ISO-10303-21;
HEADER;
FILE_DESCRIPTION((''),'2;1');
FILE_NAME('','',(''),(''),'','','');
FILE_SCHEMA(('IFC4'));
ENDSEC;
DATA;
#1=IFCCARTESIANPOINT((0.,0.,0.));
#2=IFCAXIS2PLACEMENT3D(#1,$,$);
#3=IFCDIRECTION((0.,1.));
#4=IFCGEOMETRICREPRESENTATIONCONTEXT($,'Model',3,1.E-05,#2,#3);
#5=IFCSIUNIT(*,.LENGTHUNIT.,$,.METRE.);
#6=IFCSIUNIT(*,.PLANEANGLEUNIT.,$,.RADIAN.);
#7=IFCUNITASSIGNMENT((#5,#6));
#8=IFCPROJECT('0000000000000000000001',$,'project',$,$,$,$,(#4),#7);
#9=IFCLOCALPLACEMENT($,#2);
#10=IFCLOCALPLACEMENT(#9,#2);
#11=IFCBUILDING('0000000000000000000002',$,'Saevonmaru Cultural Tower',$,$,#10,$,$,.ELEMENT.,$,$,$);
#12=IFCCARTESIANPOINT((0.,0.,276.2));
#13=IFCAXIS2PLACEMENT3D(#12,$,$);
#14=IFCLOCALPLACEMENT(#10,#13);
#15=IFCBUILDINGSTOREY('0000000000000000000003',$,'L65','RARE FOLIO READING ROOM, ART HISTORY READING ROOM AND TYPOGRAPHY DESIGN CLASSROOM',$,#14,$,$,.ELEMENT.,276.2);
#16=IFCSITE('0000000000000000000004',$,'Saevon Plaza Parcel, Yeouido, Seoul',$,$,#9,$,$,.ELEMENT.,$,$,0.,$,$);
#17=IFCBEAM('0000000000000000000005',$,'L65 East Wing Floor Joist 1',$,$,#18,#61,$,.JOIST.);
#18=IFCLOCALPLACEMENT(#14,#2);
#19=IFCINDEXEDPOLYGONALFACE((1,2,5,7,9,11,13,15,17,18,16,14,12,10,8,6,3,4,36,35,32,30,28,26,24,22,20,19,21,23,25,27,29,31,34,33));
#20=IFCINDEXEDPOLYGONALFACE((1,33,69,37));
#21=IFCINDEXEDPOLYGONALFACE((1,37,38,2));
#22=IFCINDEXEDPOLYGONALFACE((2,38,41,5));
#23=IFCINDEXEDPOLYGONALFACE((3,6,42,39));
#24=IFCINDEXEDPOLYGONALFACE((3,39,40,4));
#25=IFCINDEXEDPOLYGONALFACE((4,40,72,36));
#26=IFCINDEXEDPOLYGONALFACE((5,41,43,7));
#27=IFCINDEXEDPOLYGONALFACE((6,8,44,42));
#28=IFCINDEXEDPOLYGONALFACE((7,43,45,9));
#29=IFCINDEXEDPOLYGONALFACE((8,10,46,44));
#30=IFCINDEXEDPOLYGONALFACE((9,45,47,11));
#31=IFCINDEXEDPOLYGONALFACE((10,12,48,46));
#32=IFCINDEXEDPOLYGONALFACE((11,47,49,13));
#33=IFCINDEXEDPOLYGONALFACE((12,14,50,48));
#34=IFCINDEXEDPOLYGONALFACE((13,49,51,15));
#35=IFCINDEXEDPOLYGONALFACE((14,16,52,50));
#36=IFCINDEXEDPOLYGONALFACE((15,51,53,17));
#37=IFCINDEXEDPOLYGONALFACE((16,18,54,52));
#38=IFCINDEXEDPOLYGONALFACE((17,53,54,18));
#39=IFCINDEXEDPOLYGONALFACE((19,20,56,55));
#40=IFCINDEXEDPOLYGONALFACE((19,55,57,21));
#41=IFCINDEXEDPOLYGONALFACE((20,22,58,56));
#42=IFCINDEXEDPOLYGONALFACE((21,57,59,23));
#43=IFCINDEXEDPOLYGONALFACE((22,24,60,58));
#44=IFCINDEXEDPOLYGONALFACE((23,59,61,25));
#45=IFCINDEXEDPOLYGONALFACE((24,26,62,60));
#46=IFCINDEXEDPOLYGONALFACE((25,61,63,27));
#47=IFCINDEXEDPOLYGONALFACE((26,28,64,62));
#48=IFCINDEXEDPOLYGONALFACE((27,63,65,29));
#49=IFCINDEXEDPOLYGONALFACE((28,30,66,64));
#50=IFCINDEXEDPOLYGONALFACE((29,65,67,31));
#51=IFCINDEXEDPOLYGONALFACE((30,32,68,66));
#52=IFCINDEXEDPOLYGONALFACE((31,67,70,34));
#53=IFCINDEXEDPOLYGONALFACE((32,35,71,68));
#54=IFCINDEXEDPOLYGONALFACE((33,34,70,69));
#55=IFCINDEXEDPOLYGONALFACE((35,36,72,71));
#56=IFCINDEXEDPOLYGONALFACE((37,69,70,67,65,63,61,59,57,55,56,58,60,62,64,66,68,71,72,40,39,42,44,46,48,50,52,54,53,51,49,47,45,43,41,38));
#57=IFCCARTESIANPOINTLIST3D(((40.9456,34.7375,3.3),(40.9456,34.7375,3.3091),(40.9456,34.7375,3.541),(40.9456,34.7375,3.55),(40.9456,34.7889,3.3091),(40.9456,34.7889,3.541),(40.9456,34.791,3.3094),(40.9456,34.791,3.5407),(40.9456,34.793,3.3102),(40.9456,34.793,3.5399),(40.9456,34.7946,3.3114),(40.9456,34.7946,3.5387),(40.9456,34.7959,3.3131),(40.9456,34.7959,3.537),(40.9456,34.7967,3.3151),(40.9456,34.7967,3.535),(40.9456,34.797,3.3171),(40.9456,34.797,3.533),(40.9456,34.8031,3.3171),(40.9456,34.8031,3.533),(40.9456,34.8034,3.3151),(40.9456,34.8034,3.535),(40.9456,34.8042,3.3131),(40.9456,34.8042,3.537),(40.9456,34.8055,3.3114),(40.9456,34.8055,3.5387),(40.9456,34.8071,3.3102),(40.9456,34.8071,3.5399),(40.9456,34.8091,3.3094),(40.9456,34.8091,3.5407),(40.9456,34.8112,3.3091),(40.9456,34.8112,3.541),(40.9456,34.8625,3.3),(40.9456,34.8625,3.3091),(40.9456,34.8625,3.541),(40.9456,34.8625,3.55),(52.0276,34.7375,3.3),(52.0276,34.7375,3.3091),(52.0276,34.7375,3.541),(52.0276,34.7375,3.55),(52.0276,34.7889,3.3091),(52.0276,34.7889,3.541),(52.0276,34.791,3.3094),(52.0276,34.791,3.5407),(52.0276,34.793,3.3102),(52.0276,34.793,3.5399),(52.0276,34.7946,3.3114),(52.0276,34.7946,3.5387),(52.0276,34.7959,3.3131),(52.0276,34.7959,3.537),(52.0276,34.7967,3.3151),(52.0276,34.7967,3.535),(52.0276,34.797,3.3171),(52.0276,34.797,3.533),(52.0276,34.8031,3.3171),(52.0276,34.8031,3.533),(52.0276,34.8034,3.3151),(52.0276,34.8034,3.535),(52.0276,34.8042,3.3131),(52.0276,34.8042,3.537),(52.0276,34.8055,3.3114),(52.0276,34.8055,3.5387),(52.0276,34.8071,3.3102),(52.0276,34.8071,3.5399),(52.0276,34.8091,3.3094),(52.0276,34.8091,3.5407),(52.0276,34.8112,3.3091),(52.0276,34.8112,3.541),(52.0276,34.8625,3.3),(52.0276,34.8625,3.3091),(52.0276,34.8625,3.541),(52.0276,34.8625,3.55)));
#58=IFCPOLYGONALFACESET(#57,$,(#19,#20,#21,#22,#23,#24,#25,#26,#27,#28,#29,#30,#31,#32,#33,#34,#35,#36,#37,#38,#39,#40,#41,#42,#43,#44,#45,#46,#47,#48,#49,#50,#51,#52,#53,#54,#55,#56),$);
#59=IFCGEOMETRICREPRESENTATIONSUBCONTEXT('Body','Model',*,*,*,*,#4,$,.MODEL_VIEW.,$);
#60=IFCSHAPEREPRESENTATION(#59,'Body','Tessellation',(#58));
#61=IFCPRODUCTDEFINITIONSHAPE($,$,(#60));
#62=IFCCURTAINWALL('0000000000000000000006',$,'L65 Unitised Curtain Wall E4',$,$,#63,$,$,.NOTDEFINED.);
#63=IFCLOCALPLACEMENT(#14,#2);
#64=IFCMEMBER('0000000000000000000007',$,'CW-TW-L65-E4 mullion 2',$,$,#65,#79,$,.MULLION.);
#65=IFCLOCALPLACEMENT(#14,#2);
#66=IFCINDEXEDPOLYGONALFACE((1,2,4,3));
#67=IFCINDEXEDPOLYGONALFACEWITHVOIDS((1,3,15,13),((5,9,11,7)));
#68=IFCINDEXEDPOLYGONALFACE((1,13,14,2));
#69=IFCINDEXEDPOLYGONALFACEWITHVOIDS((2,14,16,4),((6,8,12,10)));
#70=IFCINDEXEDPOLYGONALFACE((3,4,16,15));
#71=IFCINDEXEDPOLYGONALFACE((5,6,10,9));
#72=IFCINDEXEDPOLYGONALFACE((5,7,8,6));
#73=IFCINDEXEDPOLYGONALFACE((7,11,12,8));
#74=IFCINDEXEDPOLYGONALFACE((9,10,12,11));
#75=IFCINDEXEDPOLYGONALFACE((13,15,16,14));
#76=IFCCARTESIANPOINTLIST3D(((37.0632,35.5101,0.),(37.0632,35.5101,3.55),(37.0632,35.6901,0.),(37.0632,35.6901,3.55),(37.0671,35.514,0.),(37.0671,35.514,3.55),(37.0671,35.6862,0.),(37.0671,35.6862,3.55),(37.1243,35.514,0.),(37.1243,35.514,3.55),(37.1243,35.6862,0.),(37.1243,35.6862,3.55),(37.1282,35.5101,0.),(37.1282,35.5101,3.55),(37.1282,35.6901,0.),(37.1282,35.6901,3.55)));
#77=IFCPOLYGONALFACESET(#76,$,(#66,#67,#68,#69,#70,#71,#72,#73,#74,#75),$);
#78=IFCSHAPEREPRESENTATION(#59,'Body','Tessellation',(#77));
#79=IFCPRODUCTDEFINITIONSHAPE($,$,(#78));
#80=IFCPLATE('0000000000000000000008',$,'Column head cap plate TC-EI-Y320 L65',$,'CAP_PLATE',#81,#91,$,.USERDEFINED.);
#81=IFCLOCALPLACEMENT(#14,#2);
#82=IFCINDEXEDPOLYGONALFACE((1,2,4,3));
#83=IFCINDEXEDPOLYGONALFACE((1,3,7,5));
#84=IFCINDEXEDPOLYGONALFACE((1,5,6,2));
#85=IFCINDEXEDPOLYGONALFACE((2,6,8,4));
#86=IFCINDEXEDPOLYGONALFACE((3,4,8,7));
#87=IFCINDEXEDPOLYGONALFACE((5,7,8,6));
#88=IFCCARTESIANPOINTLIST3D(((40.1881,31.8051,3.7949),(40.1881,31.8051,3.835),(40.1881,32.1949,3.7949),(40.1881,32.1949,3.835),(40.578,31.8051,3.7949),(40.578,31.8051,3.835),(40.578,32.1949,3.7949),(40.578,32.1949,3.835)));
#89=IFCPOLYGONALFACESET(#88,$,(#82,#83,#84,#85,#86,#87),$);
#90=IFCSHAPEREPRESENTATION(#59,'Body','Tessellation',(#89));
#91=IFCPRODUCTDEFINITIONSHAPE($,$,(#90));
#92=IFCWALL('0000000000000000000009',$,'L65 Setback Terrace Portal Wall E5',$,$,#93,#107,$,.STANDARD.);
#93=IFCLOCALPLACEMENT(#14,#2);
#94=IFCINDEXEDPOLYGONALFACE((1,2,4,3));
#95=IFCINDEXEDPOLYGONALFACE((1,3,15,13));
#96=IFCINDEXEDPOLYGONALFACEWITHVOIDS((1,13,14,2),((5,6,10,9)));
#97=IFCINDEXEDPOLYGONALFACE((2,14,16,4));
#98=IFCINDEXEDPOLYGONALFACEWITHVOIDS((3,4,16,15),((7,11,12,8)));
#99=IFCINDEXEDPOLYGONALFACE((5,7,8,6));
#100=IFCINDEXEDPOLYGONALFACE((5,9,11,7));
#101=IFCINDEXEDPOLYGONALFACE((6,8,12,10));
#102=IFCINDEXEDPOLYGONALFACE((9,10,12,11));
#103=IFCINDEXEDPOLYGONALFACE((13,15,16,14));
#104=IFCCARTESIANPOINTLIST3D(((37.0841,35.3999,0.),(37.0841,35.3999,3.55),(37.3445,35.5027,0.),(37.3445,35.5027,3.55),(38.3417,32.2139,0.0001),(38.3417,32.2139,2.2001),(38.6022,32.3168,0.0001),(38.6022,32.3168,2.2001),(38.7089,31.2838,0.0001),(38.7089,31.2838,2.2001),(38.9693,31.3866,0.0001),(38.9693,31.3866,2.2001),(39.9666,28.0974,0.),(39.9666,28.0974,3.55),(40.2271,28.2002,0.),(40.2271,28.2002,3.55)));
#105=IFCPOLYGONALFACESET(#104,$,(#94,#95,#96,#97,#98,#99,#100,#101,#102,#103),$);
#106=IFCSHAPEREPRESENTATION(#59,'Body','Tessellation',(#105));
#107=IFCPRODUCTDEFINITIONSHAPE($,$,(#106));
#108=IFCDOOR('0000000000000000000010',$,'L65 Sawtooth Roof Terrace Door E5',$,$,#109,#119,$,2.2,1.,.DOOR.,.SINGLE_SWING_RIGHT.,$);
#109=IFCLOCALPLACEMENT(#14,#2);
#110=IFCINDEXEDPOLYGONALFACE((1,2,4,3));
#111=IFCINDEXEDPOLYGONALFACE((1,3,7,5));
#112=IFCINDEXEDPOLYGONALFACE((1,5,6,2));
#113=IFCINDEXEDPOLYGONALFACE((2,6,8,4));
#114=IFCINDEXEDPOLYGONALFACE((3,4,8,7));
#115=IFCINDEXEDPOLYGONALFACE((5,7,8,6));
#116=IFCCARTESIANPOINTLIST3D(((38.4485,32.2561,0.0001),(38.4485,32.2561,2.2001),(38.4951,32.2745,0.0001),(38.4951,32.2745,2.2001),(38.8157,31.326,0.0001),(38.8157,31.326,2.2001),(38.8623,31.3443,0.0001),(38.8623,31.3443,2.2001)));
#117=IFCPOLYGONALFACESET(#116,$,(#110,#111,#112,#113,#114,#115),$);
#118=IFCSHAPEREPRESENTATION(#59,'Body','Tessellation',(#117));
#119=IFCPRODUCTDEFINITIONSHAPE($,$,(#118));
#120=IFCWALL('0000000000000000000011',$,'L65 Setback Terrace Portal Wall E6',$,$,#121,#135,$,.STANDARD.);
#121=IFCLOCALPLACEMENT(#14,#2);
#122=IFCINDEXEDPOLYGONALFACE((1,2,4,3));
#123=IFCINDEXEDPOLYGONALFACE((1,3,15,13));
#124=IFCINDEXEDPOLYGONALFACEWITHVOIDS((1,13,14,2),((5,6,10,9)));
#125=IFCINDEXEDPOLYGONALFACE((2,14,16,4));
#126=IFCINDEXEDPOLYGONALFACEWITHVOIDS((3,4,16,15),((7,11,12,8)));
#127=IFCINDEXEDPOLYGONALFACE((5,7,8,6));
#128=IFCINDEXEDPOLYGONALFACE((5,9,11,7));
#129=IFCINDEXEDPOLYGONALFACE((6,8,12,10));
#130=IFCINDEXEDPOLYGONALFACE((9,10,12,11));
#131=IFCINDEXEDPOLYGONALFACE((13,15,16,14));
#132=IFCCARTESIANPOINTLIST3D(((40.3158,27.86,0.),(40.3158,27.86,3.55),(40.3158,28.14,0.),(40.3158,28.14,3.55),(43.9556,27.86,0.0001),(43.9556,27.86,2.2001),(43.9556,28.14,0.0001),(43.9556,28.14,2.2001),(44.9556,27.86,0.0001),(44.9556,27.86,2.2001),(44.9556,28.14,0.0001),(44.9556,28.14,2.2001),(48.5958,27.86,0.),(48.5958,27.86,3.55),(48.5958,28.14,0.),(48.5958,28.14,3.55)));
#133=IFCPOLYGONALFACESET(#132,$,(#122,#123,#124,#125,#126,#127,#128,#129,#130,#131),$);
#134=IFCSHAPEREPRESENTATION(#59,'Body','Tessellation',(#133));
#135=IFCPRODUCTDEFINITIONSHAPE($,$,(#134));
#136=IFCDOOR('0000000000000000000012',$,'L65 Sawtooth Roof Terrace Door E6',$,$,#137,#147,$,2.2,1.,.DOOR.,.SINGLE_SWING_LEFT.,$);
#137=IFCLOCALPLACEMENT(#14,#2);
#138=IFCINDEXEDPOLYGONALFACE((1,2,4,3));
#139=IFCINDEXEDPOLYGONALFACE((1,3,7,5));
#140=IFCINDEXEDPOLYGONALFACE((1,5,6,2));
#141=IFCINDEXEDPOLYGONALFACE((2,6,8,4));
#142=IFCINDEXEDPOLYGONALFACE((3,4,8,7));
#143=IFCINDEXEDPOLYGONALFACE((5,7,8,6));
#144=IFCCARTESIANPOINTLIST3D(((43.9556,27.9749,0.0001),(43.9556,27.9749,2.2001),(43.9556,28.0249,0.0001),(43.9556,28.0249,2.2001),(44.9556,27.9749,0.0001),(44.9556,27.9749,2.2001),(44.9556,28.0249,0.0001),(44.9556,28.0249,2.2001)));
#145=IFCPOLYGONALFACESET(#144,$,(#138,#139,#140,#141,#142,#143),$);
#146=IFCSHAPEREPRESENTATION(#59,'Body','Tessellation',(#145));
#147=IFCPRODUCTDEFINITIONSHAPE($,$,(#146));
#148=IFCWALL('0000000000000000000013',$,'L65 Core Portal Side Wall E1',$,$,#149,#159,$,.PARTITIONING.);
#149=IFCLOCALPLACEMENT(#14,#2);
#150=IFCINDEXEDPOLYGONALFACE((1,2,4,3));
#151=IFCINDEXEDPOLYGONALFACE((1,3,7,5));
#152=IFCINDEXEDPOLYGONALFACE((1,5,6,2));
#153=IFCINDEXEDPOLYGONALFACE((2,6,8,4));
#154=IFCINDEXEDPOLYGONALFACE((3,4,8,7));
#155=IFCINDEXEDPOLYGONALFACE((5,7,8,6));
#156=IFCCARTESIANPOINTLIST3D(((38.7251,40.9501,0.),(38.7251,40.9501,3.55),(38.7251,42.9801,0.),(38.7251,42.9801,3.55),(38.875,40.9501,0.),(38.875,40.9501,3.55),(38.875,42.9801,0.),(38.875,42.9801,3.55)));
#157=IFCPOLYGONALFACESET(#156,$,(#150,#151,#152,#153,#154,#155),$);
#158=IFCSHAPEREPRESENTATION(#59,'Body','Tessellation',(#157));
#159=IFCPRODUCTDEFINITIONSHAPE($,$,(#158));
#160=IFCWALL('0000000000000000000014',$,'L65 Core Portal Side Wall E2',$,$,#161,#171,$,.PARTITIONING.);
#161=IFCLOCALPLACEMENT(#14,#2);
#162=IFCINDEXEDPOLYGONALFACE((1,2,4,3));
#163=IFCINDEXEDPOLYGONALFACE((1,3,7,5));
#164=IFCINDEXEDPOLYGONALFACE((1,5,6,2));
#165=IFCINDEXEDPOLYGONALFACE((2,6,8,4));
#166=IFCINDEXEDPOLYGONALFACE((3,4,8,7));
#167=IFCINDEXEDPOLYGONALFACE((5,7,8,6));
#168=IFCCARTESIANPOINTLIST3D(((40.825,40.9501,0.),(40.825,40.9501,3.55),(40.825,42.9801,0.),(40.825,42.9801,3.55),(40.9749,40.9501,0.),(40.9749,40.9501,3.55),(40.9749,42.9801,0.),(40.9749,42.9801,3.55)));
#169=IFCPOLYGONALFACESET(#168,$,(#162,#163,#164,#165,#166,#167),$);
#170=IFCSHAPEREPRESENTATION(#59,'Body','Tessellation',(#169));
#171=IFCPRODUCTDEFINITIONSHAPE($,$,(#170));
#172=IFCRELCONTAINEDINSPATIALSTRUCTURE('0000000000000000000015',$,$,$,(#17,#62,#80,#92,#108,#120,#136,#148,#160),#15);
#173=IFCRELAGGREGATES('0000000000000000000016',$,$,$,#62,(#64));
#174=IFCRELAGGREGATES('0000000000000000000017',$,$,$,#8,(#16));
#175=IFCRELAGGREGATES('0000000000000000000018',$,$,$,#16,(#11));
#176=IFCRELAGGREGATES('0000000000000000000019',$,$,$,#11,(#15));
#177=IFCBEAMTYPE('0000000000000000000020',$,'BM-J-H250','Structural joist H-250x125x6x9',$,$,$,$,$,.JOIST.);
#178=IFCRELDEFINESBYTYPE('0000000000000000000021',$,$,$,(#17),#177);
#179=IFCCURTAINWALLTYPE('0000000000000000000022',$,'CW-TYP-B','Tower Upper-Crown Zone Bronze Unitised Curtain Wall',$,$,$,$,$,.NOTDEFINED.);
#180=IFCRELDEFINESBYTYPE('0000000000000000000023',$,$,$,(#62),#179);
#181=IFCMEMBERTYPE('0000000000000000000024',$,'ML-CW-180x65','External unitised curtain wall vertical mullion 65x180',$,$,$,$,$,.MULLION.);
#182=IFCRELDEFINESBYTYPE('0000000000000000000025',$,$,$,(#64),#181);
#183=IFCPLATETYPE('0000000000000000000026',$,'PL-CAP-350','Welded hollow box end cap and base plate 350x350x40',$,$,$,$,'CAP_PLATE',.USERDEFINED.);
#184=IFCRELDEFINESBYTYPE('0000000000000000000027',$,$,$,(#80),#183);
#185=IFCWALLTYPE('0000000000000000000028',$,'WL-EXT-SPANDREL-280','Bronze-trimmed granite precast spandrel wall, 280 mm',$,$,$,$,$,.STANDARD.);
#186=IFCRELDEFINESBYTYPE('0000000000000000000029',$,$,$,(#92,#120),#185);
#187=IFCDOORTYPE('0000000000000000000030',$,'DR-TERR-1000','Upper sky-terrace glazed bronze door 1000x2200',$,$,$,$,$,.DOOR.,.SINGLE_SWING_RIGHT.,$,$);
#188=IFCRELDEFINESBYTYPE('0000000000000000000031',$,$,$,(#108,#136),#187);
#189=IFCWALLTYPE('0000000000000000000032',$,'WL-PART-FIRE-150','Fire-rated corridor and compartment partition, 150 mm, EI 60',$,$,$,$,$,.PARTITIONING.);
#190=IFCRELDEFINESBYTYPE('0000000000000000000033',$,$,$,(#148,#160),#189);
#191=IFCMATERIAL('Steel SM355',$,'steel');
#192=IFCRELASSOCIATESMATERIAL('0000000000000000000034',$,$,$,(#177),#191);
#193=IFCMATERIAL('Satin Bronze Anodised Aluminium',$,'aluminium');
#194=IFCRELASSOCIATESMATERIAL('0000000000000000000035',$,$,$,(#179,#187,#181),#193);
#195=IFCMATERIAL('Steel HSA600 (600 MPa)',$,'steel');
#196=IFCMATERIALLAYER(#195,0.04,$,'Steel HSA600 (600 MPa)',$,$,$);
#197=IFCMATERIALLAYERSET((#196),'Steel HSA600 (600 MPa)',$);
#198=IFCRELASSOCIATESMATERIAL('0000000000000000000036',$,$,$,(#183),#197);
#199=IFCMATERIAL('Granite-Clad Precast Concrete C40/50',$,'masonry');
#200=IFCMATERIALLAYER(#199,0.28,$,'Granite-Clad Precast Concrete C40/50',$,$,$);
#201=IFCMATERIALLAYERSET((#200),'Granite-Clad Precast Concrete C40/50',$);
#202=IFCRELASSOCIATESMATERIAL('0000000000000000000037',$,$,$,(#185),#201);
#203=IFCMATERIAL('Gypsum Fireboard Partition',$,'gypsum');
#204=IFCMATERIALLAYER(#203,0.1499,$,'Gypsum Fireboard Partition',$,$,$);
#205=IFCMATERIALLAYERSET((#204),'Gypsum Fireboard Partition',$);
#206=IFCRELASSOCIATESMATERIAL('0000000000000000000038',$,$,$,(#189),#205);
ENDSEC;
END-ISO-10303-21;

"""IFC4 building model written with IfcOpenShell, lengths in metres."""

from ifc_helpers import new_model, si_unit, direction, frame, frame_2d, origin, origin_2d, place, context, subcontext, project, spatial, rectangle, hollow_rectangle, i_section, extrude, material, layer, layer_set, material_profile, profile_set, type_object, element, fill, aggregate, save


model = new_model("IFC4")

# Units and contexts
model_context = context("Model", 3, precision=1e-05, world=origin(), true_north=direction((0.0, 1.0)))
body_context = subcontext(model_context, "Body", "Model", "MODEL_VIEW")
ifc_project = project(units=[si_unit("LENGTHUNIT", "METRE"), si_unit("PLANEANGLEUNIT", "RADIAN")], contexts=[model_context])

# Site, building, storey
site_placement = place(None, origin())
site = spatial("IfcSite", under=ifc_project, at=site_placement, Name="Saevon Plaza Parcel, Yeouido, Seoul", CompositionType="ELEMENT", RefElevation=0.0)
building_placement = place(site_placement, origin())
building = spatial("IfcBuilding", under=site, at=building_placement, Name="Saevonmaru Cultural Tower", CompositionType="ELEMENT")
storey_placement = place(building_placement, frame((0.0, 0.0, 276.2)))
storey = spatial("IfcBuildingStorey", under=building, at=storey_placement, Name="L65", Description="RARE FOLIO READING ROOM, ART HISTORY READING ROOM AND TYPOGRAPHY DESIGN CLASSROOM", CompositionType="ELEMENT", Elevation=276.2)

# Shared definitions
ifc_material_1 = material(Name="Steel SM355", Category="steel")

# Beam
ifc_material_profile_1 = material_profile(ifc_material_1, i_section(OverallWidth=0.125, OverallDepth=0.25, WebThickness=0.0061, FlangeThickness=0.009, FilletRadius=0.0081, at=origin_2d()), Name="H-250x125x6x9")
ifc_profile_set_1 = profile_set([ifc_material_profile_1], Name="Steel SM355")
beam_type_1 = type_object("IfcBeamType", Name="BM-J-H250", Description="Structural joist H-250x125x6x9", PredefinedType="JOIST", material=ifc_profile_set_1)
beam_1_placement = place(storey_placement, frame((40.9456, 34.8, 3.425), z_axis=(1.0, 0.0, 0.0), x_axis=(0.0, 1.0, 0.0)))
element("IfcBeam", 1, at=beam_1_placement, inside=storey, type_object=beam_type_1, Name="L65 East Wing Floor Joist 1", PredefinedType="JOIST", context=body_context, shape_type="SweptSolid", body=[
    extrude(i_section(OverallWidth=0.125, OverallDepth=0.25, WebThickness=0.0061, FlangeThickness=0.009, FilletRadius=0.0081, at=origin_2d()), origin(), (0.0, 0.0, 1.0), 11.082),
])

# Curtain wall, member
ifc_material_2 = material(Name="Satin Bronze Anodised Aluminium", Category="aluminium")
curtain_wall_type = type_object("IfcCurtainWallType", Name="CW-TYP-B", Description="Tower Upper-Crown Zone Bronze Unitised Curtain Wall", PredefinedType="NOTDEFINED", material=ifc_material_2)
curtain_wall_placement = place(storey_placement, origin())
curtain_wall = element("IfcCurtainWall", 2, at=curtain_wall_placement, inside=storey, type_object=curtain_wall_type, Name="L65 Unitised Curtain Wall E4", PredefinedType="NOTDEFINED")
ifc_material_profile_2 = material_profile(ifc_material_2, hollow_rectangle(XDim=0.0649, YDim=0.1799, WallThickness=0.0039, at=origin_2d()), Name="ALU-MULL-180x65x4")
ifc_profile_set_2 = profile_set([ifc_material_profile_2], Name="Satin Bronze Anodised Aluminium")
member_type = type_object("IfcMemberType", Name="ML-CW-180x65", Description="External unitised curtain wall vertical mullion 65x180", PredefinedType="MULLION", material=ifc_profile_set_2)
member_placement = place(storey_placement, frame((37.0957, 35.6001, 0.0), z_axis=(0.0, 0.0, 1.0), x_axis=(1.0, 0.0, 0.0)))
member = element("IfcMember", 3, at=member_placement, type_object=member_type, Name="CW-TW-L65-E4 mullion 2", PredefinedType="MULLION", context=body_context, shape_type="SweptSolid", body=[
    extrude(hollow_rectangle(XDim=0.0649, YDim=0.1799, WallThickness=0.0039, at=origin_2d()), origin(), (0.0, 0.0, 1.0), 3.55),
])
aggregate(curtain_wall, [member])

# Plate
ifc_material_3 = material(Name="Steel HSA600 (600 MPa)", Category="steel")
ifc_layer_1 = layer(ifc_material_3, 0.04, Name="Steel HSA600 (600 MPa)")
ifc_layer_set_1 = layer_set([ifc_layer_1], Name="Steel HSA600 (600 MPa)")
plate_type = type_object("IfcPlateType", Name="PL-CAP-350", Description="Welded hollow box end cap and base plate 350x350x40", ElementType="CAP_PLATE", PredefinedType="USERDEFINED", material=ifc_layer_set_1)
plate_placement = place(storey_placement, frame((40.3831, 32.0, 3.7949), z_axis=(0.0, 0.0, 1.0), x_axis=(1.0, 0.0, 0.0)))
element("IfcPlate", 4, at=plate_placement, inside=storey, type_object=plate_type, Name="Column head cap plate TC-EI-Y320 L65", ObjectType="CAP_PLATE", PredefinedType="USERDEFINED", context=body_context, shape_type="SweptSolid", body=[
    extrude(rectangle(XDim=0.3899, YDim=0.3899, at=origin_2d()), origin(), (0.0, 0.0, 1.0), 0.04),
])

# Walls, openings, doors
ifc_material_4 = material(Name="Granite-Clad Precast Concrete C40/50", Category="masonry")
ifc_layer_2 = layer(ifc_material_4, 0.28, Name="Granite-Clad Precast Concrete C40/50")
ifc_layer_set_2 = layer_set([ifc_layer_2], Name="Granite-Clad Precast Concrete C40/50")
wall_type_1 = type_object("IfcWallType", Name="WL-EXT-SPANDREL-280", Description="Bronze-trimmed granite precast spandrel wall, 280 mm", PredefinedType="STANDARD", material=ifc_layer_set_2)
wall_1_placement = place(storey_placement, frame((37.2144, 35.4512, 0.0), z_axis=(0.0, 0.0, 1.0), x_axis=(0.367167, -0.930155, 0.0)))
wall_1 = element("IfcWall", 5, at=wall_1_placement, inside=storey, type_object=wall_type_1, Name="L65 Setback Terrace Portal Wall E5", PredefinedType="STANDARD", context=body_context, shape_type="SweptSolid", body=[
    extrude(rectangle(XDim=7.8508, YDim=0.28, at=frame_2d((3.9253, 0.0))), origin(), (0.0, 0.0, 1.0), 3.55),
])
opening_1_placement = place(wall_1_placement, frame((3.425, 0.0, 0.0)))
opening_1 = element("IfcOpeningElement", 6, at=opening_1_placement, cuts=wall_1, PredefinedType="OPENING", context=body_context, shape_type="SweptSolid", body=[
    extrude(rectangle(XDim=1.0, YDim=2.2, at=frame_2d((0.5, 1.1001))), frame((0.0, 0.1499, 0.0), z_axis=(0.0, -1.0, 0.0), x_axis=(1.0, 0.0, 0.0)), (0.0, 0.0, 1.0), 0.3),
])
door_type_1 = type_object("IfcDoorType", Name="DR-TERR-1000", Description="Upper sky-terrace glazed bronze door 1000x2200", OperationType="SINGLE_SWING_RIGHT", PredefinedType="DOOR", material=ifc_material_2)
door_1_placement = place(opening_1_placement, origin())
door_1 = element("IfcDoor", 7, at=door_1_placement, inside=storey, type_object=door_type_1, Name="L65 Sawtooth Roof Terrace Door E5", OperationType="SINGLE_SWING_RIGHT", OverallHeight=2.2, OverallWidth=1.0, PredefinedType="DOOR", context=body_context, shape_type="SweptSolid", body=[
    extrude(rectangle(XDim=1.0, YDim=2.2, at=frame_2d((0.5, 1.1001))), frame((0.0, 0.0249, 0.0), z_axis=(0.0, -1.0, 0.0), x_axis=(1.0, 0.0, 0.0)), (0.0, 0.0, 1.0), 0.05),
])
fill(opening_1, door_1)
wall_2_placement = place(storey_placement, frame((40.3157, 28.0, 0.0), z_axis=(0.0, 0.0, 1.0), x_axis=(1.0, 0.0, 0.0)))
wall_2 = element("IfcWall", 8, at=wall_2_placement, inside=storey, type_object=wall_type_1, Name="L65 Setback Terrace Portal Wall E6", PredefinedType="STANDARD", context=body_context, shape_type="SweptSolid", body=[
    extrude(rectangle(XDim=8.28, YDim=0.28, at=frame_2d((4.1401, 0.0))), origin(), (0.0, 0.0, 1.0), 3.55),
])
opening_2_placement = place(wall_2_placement, frame((3.6399, 0.0, 0.0)))
opening_2 = element("IfcOpeningElement", 9, at=opening_2_placement, cuts=wall_2, PredefinedType="OPENING", context=body_context, shape_type="SweptSolid", body=[
    extrude(rectangle(XDim=1.0, YDim=2.2, at=frame_2d((0.5, 1.1001))), frame((0.0, 0.1499, 0.0), z_axis=(0.0, -1.0, 0.0), x_axis=(1.0, 0.0, 0.0)), (0.0, 0.0, 1.0), 0.3),
])
door_2_placement = place(opening_2_placement, origin())
door_2 = element("IfcDoor", 10, at=door_2_placement, inside=storey, type_object=door_type_1, Name="L65 Sawtooth Roof Terrace Door E6", OperationType="SINGLE_SWING_LEFT", OverallHeight=2.2, OverallWidth=1.0, PredefinedType="DOOR", context=body_context, shape_type="SweptSolid", body=[
    extrude(rectangle(XDim=1.0, YDim=2.2, at=frame_2d((0.5, 1.1001))), frame((0.0, 0.0249, 0.0), z_axis=(0.0, -1.0, 0.0), x_axis=(1.0, 0.0, 0.0)), (0.0, 0.0, 1.0), 0.05),
])
fill(opening_2, door_2)

# Walls
ifc_material_5 = material(Name="Gypsum Fireboard Partition", Category="gypsum")
ifc_layer_3 = layer(ifc_material_5, 0.1499, Name="Gypsum Fireboard Partition")
ifc_layer_set_3 = layer_set([ifc_layer_3], Name="Gypsum Fireboard Partition")
wall_type_2 = type_object("IfcWallType", Name="WL-PART-FIRE-150", Description="Fire-rated corridor and compartment partition, 150 mm, EI 60", PredefinedType="PARTITIONING", material=ifc_layer_set_3)
for number, where, z_axis, x_axis, name in (
    (11, (38.8, 40.95, 0.0), (0.0, 0.0, 1.0), (0.0, 1.0, 0.0), "L65 Core Portal Side Wall E1"),
    (12, (40.8999, 40.95, 0.0), (0.0, 0.0, 1.0), (0.0, 1.0, 0.0), "L65 Core Portal Side Wall E2"),
):
    element("IfcWall", number, at=place(storey_placement, frame(where, z_axis=z_axis, x_axis=x_axis)), inside=storey, type_object=wall_type_2, Name=name, PredefinedType="PARTITIONING", context=body_context, shape_type="SweptSolid", body=[
        extrude(rectangle(XDim=2.03, YDim=0.1499, at=frame_2d((1.0151, 0.0))), origin(), (0.0, 0.0, 1.0), 3.55),
    ])

save(model, "model.ifc")
